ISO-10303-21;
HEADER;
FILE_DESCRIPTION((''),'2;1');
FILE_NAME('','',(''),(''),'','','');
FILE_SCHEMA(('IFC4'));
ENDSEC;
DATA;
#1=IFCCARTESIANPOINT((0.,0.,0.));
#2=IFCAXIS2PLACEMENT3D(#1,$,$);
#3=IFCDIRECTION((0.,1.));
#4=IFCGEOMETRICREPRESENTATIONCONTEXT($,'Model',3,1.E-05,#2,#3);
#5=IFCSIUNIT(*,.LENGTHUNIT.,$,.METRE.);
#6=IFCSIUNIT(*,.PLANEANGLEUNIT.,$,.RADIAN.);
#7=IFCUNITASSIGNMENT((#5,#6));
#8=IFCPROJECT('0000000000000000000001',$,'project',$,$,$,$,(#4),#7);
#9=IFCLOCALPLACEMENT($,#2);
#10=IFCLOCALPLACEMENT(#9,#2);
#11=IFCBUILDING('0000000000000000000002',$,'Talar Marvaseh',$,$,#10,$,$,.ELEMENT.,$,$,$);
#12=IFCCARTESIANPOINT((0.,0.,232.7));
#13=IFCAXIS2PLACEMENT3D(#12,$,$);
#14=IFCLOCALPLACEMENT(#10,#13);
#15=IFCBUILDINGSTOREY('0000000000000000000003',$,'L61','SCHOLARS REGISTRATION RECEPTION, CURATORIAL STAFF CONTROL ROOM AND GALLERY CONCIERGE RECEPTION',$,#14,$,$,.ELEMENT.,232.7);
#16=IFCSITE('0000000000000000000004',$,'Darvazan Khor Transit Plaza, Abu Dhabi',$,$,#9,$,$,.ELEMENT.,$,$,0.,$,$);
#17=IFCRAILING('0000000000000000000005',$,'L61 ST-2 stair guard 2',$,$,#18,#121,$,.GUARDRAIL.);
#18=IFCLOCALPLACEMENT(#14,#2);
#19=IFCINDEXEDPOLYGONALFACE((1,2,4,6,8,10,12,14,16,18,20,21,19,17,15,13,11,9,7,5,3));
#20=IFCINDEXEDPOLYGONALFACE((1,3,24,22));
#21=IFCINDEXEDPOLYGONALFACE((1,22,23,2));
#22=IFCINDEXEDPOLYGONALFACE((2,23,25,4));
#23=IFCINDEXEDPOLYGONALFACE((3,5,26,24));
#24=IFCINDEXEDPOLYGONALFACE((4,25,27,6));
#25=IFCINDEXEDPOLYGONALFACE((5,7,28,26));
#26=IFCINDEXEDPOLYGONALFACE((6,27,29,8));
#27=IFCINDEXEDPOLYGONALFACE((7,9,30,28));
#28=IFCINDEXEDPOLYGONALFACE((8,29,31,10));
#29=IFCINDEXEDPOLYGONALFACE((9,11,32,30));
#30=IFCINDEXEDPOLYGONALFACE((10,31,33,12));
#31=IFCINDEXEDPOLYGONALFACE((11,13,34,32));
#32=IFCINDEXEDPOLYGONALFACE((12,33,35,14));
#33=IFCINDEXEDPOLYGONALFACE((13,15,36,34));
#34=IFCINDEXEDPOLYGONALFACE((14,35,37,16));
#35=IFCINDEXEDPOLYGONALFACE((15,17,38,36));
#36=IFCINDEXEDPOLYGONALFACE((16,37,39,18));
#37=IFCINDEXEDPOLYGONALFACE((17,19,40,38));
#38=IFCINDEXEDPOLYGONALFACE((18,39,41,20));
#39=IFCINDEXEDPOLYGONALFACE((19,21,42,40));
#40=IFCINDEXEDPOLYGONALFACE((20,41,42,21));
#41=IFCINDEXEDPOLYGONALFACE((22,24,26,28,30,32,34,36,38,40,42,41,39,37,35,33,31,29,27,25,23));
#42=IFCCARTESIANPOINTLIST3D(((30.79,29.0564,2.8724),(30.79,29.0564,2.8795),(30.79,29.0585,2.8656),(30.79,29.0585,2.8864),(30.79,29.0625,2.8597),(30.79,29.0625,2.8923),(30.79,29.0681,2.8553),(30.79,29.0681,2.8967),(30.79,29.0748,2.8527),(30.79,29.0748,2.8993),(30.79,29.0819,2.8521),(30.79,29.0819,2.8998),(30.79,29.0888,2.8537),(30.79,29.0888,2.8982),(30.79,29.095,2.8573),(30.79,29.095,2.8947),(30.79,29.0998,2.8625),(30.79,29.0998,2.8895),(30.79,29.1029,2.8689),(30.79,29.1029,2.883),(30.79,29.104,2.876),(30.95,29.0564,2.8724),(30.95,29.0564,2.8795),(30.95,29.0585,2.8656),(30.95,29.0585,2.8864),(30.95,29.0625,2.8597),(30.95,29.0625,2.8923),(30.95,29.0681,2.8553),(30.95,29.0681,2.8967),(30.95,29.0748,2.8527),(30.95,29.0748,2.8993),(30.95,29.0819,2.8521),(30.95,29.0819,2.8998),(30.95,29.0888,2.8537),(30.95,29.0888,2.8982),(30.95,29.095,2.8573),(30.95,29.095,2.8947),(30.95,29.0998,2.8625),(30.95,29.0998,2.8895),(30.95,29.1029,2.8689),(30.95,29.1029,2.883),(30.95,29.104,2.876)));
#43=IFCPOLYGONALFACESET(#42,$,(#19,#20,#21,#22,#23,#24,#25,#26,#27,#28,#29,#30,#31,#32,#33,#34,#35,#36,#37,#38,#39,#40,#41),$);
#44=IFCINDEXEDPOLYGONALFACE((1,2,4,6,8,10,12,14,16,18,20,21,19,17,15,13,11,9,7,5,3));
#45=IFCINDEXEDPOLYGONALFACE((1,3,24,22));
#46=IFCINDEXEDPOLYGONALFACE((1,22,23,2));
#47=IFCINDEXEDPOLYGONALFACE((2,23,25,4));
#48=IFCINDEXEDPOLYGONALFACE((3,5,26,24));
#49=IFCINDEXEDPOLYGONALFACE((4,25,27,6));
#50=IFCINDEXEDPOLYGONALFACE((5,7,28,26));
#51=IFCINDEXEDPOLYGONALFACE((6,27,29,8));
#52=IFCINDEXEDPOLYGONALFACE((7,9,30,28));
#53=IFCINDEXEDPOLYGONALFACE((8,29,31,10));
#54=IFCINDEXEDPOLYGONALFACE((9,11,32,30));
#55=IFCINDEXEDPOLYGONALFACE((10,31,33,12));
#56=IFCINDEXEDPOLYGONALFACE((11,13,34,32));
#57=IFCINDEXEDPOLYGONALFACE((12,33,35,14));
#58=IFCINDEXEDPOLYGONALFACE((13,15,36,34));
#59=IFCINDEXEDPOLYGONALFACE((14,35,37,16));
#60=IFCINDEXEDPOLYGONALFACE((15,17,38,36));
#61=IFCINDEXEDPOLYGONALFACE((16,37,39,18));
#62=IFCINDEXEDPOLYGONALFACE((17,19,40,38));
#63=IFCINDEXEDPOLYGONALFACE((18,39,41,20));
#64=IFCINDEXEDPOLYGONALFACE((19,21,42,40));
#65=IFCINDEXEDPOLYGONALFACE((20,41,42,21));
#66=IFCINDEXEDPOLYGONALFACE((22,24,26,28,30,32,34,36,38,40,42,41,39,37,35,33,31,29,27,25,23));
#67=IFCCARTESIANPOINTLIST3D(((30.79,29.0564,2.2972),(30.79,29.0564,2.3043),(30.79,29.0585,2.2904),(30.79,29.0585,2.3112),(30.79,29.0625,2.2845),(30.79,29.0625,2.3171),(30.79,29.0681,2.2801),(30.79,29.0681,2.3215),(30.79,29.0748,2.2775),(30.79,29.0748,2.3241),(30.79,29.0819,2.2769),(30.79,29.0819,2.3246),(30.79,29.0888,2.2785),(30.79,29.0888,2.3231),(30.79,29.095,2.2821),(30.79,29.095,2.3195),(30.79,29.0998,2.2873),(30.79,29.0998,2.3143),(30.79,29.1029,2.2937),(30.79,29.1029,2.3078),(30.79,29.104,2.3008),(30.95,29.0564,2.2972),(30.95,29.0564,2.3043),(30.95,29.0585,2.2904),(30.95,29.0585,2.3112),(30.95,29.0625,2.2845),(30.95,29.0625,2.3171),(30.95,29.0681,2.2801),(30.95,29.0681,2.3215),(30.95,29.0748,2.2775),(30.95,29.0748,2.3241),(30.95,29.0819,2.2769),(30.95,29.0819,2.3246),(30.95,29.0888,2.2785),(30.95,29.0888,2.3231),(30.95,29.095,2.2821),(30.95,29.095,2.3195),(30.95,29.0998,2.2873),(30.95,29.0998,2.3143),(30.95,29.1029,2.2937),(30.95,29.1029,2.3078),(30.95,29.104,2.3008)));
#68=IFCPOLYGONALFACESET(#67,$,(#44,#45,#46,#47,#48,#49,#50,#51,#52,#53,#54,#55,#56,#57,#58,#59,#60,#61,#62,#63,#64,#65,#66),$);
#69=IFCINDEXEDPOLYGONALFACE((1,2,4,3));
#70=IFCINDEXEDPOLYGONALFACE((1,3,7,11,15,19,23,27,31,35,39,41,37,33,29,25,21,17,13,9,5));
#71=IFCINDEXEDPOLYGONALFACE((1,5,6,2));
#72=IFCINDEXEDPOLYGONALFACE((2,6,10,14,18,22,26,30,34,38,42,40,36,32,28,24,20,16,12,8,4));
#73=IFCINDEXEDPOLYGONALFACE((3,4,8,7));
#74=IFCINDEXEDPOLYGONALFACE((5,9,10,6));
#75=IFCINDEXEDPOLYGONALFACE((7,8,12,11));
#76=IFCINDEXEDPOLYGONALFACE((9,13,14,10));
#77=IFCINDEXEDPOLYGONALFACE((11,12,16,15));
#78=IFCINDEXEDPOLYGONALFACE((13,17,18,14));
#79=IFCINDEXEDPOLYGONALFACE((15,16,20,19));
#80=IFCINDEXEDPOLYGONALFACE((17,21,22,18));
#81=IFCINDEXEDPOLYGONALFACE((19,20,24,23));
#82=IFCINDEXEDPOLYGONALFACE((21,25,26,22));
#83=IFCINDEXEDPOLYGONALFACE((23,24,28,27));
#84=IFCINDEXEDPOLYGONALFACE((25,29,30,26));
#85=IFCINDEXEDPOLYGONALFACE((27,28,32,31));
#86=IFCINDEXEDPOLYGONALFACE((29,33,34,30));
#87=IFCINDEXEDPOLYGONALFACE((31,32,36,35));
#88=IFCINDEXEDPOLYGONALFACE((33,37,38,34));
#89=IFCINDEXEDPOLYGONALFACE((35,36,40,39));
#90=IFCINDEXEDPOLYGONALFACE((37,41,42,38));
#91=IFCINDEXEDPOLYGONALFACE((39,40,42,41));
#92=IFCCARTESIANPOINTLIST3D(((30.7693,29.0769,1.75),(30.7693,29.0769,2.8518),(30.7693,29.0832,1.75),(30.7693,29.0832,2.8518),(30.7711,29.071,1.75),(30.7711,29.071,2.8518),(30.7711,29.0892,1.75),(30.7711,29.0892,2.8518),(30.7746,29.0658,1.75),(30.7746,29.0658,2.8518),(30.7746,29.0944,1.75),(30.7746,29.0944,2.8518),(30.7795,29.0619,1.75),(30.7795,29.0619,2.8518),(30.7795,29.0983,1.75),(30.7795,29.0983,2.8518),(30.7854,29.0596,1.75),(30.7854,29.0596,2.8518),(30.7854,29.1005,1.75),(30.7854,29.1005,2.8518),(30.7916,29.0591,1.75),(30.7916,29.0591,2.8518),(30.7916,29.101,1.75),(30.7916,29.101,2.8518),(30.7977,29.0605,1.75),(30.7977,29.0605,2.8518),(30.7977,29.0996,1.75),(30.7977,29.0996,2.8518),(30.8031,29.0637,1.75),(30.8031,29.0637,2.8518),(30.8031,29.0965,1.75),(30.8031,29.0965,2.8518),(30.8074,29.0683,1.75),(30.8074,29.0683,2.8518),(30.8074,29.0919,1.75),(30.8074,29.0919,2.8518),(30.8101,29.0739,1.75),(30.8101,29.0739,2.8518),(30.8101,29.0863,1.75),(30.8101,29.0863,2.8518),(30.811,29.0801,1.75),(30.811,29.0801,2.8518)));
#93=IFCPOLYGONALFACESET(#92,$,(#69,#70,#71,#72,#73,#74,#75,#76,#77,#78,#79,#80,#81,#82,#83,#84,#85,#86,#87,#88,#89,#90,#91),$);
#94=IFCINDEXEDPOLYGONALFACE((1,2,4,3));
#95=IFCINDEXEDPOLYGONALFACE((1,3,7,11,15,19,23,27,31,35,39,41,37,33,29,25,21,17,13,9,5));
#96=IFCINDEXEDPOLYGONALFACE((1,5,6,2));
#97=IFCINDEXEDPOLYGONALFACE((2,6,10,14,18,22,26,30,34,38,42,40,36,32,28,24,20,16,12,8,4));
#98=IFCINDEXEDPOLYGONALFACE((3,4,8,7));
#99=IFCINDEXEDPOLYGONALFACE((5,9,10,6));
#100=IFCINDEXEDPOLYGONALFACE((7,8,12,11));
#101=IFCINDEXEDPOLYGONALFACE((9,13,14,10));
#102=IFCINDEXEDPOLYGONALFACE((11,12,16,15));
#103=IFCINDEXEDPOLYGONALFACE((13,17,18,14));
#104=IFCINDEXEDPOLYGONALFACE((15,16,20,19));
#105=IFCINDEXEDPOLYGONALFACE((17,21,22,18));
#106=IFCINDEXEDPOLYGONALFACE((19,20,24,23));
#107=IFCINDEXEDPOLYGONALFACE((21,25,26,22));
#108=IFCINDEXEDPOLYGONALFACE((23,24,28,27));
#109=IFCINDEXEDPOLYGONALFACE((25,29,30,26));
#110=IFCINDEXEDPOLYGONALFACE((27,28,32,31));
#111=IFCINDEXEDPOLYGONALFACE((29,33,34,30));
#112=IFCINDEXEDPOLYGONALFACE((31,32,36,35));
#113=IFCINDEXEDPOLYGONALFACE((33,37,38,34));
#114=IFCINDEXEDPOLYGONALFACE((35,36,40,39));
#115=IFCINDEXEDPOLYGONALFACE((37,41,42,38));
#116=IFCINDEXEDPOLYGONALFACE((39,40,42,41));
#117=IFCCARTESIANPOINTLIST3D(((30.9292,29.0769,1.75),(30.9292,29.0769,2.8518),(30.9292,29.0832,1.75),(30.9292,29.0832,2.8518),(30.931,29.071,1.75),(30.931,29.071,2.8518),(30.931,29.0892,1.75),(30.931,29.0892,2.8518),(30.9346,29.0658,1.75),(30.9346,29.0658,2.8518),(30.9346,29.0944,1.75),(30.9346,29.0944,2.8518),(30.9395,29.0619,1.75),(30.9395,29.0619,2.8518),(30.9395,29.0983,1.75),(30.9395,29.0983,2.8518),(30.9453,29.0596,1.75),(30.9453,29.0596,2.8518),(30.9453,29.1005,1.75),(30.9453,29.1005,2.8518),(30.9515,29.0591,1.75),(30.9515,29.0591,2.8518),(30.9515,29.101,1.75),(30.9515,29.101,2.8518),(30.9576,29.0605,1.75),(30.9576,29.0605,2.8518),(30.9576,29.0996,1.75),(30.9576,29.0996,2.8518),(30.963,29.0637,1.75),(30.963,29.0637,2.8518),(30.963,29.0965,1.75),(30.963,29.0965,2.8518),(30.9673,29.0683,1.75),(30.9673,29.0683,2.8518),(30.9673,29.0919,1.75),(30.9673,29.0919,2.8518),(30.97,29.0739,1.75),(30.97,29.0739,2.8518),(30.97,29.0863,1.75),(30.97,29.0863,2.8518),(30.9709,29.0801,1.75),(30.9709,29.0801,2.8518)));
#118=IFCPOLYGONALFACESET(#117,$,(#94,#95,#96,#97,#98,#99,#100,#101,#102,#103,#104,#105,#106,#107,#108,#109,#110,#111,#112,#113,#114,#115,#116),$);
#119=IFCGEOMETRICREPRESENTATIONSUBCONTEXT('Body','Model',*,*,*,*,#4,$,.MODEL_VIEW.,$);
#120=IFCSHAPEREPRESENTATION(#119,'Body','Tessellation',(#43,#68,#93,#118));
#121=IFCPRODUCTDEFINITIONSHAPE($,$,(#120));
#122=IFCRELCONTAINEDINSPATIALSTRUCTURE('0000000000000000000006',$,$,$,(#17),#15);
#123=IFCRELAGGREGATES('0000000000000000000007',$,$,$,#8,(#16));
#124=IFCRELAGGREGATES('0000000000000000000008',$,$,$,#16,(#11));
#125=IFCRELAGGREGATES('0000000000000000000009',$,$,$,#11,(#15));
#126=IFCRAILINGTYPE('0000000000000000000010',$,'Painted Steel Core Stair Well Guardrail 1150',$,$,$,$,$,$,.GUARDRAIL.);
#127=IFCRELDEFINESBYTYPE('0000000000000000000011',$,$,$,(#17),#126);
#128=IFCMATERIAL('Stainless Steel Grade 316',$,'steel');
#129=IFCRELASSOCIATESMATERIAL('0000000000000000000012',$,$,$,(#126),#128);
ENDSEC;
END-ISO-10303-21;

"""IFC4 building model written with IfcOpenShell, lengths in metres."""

from ifc_helpers import new_model, si_unit, direction, frame, origin, origin_2d, place, context, subcontext, project, spatial, circle, extrude, material, type_object, element, save


model = new_model("IFC4")

# Units and contexts
model_context = context("Model", 3, precision=1e-05, world=origin(), true_north=direction((0.0, 1.0)))
body_context = subcontext(model_context, "Body", "Model", "MODEL_VIEW")
ifc_project = project(units=[si_unit("LENGTHUNIT", "METRE"), si_unit("PLANEANGLEUNIT", "RADIAN")], contexts=[model_context])

# Site, building, storey
site_placement = place(None, origin())
site = spatial("IfcSite", under=ifc_project, at=site_placement, Name="Darvazan Khor Transit Plaza, Abu Dhabi", CompositionType="ELEMENT", RefElevation=0.0)
building_placement = place(site_placement, origin())
building = spatial("IfcBuilding", under=site, at=building_placement, Name="Talar Marvaseh", CompositionType="ELEMENT")
storey_placement = place(building_placement, frame((0.0, 0.0, 232.7)))
storey = spatial("IfcBuildingStorey", under=building, at=storey_placement, Name="L61", Description="SCHOLARS REGISTRATION RECEPTION, CURATORIAL STAFF CONTROL ROOM AND GALLERY CONCIERGE RECEPTION", CompositionType="ELEMENT", Elevation=232.7)

# Shared definitions
ifc_material_1 = material(Name="Stainless Steel Grade 316", Category="steel")

# Railing
railing_type_1 = type_object("IfcRailingType", Name="Painted Steel Core Stair Well Guardrail 1150", PredefinedType="GUARDRAIL", material=ifc_material_1)
railing_1_placement = place(storey_placement, frame((30.79, 29.0801, 1.75)))
element("IfcRailing", 1, at=railing_1_placement, inside=storey, type_object=railing_type_1, Name="L61 ST-2 stair guard 2", PredefinedType="GUARDRAIL", context=body_context, shape_type="SweptSolid", body=[
    extrude(circle(Radius=0.0239, at=origin_2d()), frame((0.0, 0.0, 1.126), z_axis=(1.0, 0.0, 0.0), x_axis=(0.0, 1.0, 0.0)), (0.0, 0.0, 1.0), 0.1599),
    extrude(circle(Radius=0.0239, at=origin_2d()), frame((0.0, 0.0, 0.5508), z_axis=(1.0, 0.0, 0.0), x_axis=(0.0, 1.0, 0.0)), (0.0, 0.0, 1.0), 0.1599),
    extrude(circle(Radius=0.021, at=origin_2d()), origin(), (0.0, 0.0, 1.0), 1.1018),
    extrude(circle(Radius=0.021, at=origin_2d()), frame((0.1599, 0.0, 0.0)), (0.0, 0.0, 1.0), 1.1018),
])

save(model, "model.ifc")
